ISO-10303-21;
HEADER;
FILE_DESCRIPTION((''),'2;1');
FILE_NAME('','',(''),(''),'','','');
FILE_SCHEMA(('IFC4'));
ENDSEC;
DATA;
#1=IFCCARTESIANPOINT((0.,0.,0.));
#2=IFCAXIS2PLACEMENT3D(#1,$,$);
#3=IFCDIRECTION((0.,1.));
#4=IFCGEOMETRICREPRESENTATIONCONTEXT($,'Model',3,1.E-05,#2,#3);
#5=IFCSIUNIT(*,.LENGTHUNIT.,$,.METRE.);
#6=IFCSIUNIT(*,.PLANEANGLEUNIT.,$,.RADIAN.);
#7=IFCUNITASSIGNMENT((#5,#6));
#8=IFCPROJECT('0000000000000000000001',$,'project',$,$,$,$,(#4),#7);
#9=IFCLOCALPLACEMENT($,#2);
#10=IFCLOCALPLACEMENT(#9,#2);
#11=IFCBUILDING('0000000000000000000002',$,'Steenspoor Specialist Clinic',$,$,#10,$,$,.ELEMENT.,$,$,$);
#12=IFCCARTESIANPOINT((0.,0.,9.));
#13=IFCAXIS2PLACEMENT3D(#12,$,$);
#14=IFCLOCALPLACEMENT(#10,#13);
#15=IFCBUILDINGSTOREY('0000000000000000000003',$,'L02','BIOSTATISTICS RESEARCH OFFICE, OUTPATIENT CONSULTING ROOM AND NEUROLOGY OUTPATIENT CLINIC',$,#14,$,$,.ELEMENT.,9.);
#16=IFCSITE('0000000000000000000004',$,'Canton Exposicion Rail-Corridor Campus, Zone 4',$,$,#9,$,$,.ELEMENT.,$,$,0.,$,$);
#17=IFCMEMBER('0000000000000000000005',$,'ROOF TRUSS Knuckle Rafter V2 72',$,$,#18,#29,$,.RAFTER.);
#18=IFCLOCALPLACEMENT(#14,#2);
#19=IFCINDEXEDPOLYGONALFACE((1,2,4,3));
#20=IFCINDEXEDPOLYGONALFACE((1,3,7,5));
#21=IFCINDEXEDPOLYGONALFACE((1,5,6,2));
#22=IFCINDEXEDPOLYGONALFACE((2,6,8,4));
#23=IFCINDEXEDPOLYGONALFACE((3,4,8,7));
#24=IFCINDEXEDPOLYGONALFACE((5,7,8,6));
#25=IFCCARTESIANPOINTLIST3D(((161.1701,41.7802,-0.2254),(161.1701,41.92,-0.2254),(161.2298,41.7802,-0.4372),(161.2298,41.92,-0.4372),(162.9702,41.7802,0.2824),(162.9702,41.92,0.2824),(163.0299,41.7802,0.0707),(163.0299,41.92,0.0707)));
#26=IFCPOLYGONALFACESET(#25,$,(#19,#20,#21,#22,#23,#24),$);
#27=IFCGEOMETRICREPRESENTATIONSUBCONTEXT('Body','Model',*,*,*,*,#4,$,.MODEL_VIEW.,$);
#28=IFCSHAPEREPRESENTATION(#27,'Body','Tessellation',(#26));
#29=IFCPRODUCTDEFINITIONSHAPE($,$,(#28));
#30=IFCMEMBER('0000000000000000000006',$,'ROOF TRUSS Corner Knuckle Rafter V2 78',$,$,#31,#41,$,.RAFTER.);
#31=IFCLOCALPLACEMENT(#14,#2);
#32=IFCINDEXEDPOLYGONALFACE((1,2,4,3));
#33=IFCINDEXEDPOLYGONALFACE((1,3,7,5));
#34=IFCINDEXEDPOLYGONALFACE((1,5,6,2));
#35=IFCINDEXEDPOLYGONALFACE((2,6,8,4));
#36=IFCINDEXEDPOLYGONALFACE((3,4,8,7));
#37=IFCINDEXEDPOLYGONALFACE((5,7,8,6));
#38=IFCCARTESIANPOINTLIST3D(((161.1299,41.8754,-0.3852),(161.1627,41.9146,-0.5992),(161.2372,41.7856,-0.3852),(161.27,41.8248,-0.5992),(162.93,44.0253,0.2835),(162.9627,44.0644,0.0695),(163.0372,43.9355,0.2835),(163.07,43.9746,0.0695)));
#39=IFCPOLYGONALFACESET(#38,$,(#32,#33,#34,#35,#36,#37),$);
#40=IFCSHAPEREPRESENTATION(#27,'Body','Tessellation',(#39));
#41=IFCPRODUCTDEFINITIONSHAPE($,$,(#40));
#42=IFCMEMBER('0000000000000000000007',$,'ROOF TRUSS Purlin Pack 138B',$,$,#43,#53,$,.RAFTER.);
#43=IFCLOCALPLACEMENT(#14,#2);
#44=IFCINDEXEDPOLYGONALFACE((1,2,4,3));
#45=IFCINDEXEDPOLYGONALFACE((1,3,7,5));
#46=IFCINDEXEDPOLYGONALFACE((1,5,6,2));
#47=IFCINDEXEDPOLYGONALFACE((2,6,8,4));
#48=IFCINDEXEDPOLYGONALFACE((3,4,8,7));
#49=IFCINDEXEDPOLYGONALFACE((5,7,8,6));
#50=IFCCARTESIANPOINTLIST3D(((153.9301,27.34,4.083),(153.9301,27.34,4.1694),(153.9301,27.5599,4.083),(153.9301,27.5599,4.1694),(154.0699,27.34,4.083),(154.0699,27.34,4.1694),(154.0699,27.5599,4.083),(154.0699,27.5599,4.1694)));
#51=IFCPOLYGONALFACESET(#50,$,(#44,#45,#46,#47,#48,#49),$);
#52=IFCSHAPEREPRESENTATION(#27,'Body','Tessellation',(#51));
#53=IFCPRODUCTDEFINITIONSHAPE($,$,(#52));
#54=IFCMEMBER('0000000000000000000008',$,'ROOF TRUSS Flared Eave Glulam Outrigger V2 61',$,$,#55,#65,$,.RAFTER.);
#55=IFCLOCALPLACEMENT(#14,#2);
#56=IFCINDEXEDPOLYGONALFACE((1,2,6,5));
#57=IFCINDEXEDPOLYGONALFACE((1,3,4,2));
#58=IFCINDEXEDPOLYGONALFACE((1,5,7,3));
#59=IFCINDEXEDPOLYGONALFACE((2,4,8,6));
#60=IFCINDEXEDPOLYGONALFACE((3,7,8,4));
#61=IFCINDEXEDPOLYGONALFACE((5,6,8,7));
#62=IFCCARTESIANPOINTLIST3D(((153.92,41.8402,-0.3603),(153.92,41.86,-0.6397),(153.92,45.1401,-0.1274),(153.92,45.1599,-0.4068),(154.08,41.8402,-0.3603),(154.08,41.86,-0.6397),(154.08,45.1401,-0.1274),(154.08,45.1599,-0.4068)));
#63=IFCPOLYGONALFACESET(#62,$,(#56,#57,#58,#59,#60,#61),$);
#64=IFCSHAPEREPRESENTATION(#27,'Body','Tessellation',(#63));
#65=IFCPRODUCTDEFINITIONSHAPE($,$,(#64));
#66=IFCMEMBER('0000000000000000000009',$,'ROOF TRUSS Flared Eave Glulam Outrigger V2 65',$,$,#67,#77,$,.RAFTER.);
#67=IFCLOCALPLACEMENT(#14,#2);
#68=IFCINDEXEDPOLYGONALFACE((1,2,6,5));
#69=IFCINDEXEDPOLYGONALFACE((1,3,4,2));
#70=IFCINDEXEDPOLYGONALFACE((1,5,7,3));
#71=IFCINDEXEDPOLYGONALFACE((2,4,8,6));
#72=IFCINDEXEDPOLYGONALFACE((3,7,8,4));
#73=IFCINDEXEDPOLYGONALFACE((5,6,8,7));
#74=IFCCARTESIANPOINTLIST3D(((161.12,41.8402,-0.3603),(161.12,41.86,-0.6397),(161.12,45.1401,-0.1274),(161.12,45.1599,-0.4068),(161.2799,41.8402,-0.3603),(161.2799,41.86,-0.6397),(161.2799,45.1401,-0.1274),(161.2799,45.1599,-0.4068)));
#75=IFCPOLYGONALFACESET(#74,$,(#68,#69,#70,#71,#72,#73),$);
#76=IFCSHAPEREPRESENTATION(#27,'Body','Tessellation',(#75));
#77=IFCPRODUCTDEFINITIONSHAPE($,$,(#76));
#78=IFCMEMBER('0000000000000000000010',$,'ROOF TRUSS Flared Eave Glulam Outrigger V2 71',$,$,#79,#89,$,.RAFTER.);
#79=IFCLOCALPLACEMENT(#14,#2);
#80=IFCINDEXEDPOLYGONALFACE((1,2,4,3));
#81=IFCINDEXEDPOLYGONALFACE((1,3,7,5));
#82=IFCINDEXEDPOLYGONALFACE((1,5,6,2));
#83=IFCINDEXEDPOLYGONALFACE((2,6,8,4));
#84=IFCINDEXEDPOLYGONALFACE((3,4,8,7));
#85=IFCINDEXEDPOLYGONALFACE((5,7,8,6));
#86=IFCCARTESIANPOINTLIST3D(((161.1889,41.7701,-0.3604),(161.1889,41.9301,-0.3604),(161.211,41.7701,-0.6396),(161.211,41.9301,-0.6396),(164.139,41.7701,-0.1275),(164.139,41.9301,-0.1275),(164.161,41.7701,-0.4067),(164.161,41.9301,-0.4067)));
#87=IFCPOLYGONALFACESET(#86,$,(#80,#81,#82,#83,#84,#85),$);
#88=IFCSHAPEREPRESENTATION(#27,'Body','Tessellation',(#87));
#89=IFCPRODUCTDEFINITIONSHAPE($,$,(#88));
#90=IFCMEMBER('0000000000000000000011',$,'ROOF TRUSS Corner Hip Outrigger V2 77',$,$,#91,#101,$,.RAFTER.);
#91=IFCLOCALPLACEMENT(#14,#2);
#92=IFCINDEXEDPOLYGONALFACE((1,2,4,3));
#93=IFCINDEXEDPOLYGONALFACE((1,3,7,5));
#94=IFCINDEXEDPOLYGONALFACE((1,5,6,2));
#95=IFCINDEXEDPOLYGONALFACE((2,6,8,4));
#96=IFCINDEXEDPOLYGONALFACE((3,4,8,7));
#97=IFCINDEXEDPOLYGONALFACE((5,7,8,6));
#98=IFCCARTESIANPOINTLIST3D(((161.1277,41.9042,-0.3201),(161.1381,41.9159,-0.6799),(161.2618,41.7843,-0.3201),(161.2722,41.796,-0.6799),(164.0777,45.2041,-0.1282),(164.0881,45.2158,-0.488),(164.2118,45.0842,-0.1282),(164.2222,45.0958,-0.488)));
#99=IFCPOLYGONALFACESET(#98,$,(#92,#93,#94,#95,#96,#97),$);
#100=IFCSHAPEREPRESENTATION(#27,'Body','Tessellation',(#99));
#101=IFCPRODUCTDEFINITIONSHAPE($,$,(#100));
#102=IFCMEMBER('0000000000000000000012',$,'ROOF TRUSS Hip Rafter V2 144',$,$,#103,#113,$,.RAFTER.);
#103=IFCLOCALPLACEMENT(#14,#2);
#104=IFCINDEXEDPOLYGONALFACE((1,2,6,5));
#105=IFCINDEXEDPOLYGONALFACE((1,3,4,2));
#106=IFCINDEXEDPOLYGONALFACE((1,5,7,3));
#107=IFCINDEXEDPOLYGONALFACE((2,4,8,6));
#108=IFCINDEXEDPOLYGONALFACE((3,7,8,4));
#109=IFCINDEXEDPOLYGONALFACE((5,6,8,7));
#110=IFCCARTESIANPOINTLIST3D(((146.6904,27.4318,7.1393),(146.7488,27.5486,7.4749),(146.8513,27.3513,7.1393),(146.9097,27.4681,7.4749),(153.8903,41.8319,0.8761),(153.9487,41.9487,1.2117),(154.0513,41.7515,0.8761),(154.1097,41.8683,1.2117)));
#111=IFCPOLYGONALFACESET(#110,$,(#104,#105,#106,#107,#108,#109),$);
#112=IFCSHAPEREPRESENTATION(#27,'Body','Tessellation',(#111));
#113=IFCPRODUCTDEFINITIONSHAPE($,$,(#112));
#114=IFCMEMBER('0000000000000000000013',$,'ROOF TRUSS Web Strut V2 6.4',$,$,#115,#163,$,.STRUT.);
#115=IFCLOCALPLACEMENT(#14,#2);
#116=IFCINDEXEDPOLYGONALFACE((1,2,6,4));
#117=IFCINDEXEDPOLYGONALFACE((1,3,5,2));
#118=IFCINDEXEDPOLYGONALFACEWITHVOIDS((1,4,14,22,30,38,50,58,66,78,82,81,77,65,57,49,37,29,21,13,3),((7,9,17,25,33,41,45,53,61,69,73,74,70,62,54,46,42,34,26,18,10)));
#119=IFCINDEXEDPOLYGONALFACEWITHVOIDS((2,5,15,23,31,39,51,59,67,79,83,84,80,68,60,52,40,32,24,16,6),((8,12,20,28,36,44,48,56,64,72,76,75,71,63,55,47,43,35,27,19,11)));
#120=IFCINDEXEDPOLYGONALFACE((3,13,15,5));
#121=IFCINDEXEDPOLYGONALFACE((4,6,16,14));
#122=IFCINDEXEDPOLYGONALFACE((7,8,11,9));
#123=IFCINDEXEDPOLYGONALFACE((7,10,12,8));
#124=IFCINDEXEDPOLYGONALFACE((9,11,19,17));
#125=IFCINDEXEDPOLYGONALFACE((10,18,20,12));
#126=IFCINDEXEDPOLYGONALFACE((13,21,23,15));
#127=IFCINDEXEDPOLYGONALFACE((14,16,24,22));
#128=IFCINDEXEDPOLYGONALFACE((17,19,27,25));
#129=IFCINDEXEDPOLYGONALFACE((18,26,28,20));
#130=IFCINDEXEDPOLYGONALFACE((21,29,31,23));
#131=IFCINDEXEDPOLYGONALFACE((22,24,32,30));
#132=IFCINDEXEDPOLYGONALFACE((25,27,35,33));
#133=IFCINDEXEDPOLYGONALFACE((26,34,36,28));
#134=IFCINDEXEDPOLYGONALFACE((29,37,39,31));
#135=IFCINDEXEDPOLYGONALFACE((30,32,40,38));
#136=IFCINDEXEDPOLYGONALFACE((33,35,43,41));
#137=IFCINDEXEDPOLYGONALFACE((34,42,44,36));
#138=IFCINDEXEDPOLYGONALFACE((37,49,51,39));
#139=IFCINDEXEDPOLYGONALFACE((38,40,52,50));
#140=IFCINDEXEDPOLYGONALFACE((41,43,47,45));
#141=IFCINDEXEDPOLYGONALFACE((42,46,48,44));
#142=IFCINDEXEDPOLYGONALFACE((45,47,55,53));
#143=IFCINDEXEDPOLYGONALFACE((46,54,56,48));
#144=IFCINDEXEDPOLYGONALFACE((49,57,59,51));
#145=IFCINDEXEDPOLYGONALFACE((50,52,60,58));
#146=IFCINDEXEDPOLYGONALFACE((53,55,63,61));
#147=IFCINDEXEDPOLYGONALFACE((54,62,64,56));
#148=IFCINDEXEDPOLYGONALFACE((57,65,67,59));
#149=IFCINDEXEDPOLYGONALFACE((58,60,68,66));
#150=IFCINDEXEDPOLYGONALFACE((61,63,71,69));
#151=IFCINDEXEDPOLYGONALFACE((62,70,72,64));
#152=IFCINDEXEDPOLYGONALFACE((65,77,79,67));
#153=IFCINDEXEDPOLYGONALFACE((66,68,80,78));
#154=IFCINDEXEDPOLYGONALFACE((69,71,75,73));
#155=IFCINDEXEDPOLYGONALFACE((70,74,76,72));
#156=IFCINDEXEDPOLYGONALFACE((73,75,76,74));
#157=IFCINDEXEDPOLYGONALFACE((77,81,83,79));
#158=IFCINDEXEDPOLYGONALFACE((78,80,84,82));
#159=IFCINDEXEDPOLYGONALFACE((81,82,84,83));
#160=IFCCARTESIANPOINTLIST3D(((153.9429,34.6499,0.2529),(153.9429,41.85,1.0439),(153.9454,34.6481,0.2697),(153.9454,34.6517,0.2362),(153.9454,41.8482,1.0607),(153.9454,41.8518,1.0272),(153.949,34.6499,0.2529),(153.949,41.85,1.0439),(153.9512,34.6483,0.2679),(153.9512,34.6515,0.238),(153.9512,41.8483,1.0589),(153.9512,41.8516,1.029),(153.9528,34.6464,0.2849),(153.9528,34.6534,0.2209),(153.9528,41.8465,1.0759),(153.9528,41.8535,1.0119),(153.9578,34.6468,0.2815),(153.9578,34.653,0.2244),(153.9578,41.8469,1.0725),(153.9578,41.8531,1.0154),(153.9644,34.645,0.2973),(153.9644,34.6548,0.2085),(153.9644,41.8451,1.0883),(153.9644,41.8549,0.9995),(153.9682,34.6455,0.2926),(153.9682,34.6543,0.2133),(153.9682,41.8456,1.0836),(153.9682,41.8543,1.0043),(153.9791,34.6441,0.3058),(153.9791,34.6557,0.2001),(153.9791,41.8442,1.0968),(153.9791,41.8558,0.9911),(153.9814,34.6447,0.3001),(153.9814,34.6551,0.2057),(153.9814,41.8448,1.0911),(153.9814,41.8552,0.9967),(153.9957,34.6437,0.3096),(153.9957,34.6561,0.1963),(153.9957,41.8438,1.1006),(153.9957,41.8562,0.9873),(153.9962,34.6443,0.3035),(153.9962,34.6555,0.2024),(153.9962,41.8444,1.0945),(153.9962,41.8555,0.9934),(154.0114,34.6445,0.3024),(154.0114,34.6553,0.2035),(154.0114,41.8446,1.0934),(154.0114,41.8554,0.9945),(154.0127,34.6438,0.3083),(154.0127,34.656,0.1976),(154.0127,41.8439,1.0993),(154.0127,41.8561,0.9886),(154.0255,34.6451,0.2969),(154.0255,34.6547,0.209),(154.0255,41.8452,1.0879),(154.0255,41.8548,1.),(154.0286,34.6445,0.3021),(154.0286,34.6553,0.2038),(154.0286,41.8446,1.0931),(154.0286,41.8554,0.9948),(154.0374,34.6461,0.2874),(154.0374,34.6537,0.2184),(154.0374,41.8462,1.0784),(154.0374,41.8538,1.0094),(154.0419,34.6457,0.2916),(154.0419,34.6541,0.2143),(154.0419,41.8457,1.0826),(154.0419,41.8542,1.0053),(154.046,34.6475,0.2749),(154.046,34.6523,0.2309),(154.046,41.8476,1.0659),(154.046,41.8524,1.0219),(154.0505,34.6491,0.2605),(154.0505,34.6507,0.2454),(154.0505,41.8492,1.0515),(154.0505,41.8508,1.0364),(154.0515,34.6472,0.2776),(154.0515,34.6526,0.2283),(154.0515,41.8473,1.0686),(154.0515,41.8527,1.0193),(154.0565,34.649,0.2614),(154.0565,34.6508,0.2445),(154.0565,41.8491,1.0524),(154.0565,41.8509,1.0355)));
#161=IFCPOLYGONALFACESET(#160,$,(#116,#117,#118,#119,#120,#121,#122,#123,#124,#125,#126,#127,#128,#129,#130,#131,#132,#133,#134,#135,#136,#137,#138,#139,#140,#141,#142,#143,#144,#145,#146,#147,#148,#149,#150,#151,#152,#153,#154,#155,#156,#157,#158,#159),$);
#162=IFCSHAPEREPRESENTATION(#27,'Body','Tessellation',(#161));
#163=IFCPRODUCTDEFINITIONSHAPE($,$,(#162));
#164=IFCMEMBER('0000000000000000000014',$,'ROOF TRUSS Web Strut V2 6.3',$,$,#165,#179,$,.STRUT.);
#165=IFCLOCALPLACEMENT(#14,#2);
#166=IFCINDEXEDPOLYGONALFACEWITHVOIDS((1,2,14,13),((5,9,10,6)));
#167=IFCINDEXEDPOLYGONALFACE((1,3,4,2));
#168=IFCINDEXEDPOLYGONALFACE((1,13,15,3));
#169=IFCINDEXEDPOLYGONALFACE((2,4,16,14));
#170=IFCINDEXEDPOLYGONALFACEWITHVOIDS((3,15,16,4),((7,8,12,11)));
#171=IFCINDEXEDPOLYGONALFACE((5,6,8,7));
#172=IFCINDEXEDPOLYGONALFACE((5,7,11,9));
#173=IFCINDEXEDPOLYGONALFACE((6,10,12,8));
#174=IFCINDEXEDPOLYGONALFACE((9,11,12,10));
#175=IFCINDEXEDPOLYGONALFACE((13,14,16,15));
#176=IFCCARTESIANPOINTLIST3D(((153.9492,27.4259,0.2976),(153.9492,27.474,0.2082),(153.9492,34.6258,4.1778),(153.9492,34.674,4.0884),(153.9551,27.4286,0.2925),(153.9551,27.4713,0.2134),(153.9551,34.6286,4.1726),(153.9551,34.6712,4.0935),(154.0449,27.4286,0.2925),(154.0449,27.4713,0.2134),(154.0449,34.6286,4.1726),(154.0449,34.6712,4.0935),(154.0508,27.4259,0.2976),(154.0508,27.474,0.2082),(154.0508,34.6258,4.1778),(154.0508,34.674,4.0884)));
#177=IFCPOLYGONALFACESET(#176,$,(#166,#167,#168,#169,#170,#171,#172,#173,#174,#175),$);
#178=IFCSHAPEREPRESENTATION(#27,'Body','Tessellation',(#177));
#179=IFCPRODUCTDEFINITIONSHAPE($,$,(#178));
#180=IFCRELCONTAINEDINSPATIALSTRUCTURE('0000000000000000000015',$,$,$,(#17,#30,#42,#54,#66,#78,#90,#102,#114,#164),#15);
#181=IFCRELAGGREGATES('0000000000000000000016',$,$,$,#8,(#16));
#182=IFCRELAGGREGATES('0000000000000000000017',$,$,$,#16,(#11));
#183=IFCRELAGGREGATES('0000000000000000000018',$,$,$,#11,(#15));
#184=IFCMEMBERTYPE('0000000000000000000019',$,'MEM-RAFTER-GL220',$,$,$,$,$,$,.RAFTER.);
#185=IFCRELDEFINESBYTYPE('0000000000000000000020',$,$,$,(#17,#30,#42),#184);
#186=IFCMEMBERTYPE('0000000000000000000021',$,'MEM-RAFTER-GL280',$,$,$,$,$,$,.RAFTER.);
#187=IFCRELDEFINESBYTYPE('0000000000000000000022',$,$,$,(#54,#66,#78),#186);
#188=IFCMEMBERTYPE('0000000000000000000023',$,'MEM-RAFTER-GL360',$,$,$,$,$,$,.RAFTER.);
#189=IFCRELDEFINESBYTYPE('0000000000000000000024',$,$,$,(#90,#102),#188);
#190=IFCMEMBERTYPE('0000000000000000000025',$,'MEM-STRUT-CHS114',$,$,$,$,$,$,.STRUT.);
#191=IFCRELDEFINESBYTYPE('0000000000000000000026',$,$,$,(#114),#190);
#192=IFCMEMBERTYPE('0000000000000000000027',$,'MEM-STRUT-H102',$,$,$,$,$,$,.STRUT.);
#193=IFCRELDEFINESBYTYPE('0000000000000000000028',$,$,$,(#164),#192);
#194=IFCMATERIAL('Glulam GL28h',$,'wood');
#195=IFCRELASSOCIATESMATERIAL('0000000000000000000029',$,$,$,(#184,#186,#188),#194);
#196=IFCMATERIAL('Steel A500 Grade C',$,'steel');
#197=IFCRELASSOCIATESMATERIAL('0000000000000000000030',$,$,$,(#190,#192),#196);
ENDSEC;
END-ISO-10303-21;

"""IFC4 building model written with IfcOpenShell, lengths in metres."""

from ifc_helpers import new_model, si_unit, direction, frame, origin, origin_2d, place, context, subcontext, project, spatial, rectangle, hollow_rectangle, hollow_circle, extrude, material, material_profile, profile_set, type_object, element, save


model = new_model("IFC4")

# Units and contexts
model_context = context("Model", 3, precision=1e-05, world=origin(), true_north=direction((0.0, 1.0)))
body_context = subcontext(model_context, "Body", "Model", "MODEL_VIEW")
ifc_project = project(units=[si_unit("LENGTHUNIT", "METRE"), si_unit("PLANEANGLEUNIT", "RADIAN")], contexts=[model_context])

# Site, building, storey
site_placement = place(None, origin())
site = spatial("IfcSite", under=ifc_project, at=site_placement, Name="Canton Exposicion Rail-Corridor Campus, Zone 4", CompositionType="ELEMENT", RefElevation=0.0)
building_placement = place(site_placement, origin())
building = spatial("IfcBuilding", under=site, at=building_placement, Name="Steenspoor Specialist Clinic", CompositionType="ELEMENT")
storey_placement = place(building_placement, frame((0.0, 0.0, 9.0)))
storey = spatial("IfcBuildingStorey", under=building, at=storey_placement, Name="L02", Description="BIOSTATISTICS RESEARCH OFFICE, OUTPATIENT CONSULTING ROOM AND NEUROLOGY OUTPATIENT CLINIC", CompositionType="ELEMENT", Elevation=9.0)

# Members
ifc_material_1 = material(Name="Steel A500 Grade C", Category="steel")
ifc_material_2 = material(Name="Glulam GL28h", Category="wood")
ifc_material_profile_1 = material_profile(ifc_material_2, rectangle(XDim=0.1399, YDim=0.22, at=origin_2d()), Name="GL28H-140X220")
ifc_profile_set_1 = profile_set([ifc_material_profile_1], Name="Glulam GL28h")
member_type_1 = type_object("IfcMemberType", Name="MEM-RAFTER-GL220", PredefinedType="RAFTER", material=ifc_profile_set_1)
member_1_placement = place(storey_placement, frame((161.2, 41.8501, -0.3313), z_axis=(0.962435, 0.0, 0.271513), x_axis=(0.0, 1.0, 0.0)))
element("IfcMember", 1, at=member_1_placement, inside=storey, type_object=member_type_1, Name="ROOF TRUSS Knuckle Rafter V2 72", PredefinedType="RAFTER", context=body_context, shape_type="SweptSolid", body=[
    extrude(rectangle(XDim=0.1399, YDim=0.22, at=origin_2d()), origin(), (0.0, 0.0, 1.0), 1.8704),
])
member_2_placement = place(storey_placement, frame((161.2, 41.8501, -0.4922), z_axis=(0.624452, 0.745819, 0.231978), x_axis=(-0.766735, 0.641964, 0.0)))
element("IfcMember", 2, at=member_2_placement, inside=storey, type_object=member_type_1, Name="ROOF TRUSS Corner Knuckle Rafter V2 78", PredefinedType="RAFTER", context=body_context, shape_type="SweptSolid", body=[
    extrude(rectangle(XDim=0.1399, YDim=0.22, at=origin_2d()), origin(), (0.0, 0.0, 1.0), 2.8826),
])
member_3_placement = place(storey_placement, frame((154.0, 27.45, 4.083), z_axis=(0.0, 0.0, 1.0), x_axis=(1.0, 0.0, 0.0)))
element("IfcMember", 3, at=member_3_placement, inside=storey, type_object=member_type_1, Name="ROOF TRUSS Purlin Pack 138B", PredefinedType="RAFTER", context=body_context, shape_type="SweptSolid", body=[
    extrude(rectangle(XDim=0.1399, YDim=0.22, at=origin_2d()), origin(), (0.0, 0.0, 1.0), 0.0864),
])
ifc_material_profile_2 = material_profile(ifc_material_2, rectangle(XDim=0.1599, YDim=0.28, at=origin_2d()), Name="GL28H-160X280")
ifc_profile_set_2 = profile_set([ifc_material_profile_2], Name="Glulam GL28h")
member_type_2 = type_object("IfcMemberType", Name="MEM-RAFTER-GL280", PredefinedType="RAFTER", material=ifc_profile_set_2)
for number, where, z_axis, x_axis, name in (
    (4, (154.0, 41.8501, -0.5), (0.0, 0.997518, 0.070408), (-1.0, 0.0, 0.0), "ROOF TRUSS Flared Eave Glulam Outrigger V2 61"),
    (5, (161.2, 41.8501, -0.5), (0.0, 0.997518, 0.070408), (-1.0, 0.0, 0.0), "ROOF TRUSS Flared Eave Glulam Outrigger V2 65"),
):
    element("IfcMember", number, at=place(storey_placement, frame(where, z_axis=z_axis, x_axis=x_axis)), inside=storey, type_object=member_type_2, Name=name, PredefinedType="RAFTER", context=body_context, shape_type="SweptSolid", body=[
        extrude(rectangle(XDim=0.1599, YDim=0.28, at=origin_2d()), origin(), (0.0, 0.0, 1.0), 3.3081),
    ])
member_4_placement = place(storey_placement, frame((161.2, 41.8501, -0.5), z_axis=(0.996898, 0.0, 0.078709), x_axis=(0.0, 1.0, 0.0)))
element("IfcMember", 6, at=member_4_placement, inside=storey, type_object=member_type_2, Name="ROOF TRUSS Flared Eave Glulam Outrigger V2 71", PredefinedType="RAFTER", context=body_context, shape_type="SweptSolid", body=[
    extrude(rectangle(XDim=0.1599, YDim=0.28, at=origin_2d()), origin(), (0.0, 0.0, 1.0), 2.9592),
])
ifc_material_profile_3 = material_profile(ifc_material_2, rectangle(XDim=0.1799, YDim=0.3601, at=origin_2d()), Name="GL28H-180X360")
ifc_profile_set_3 = profile_set([ifc_material_profile_3], Name="Glulam GL28h")
member_type_3 = type_object("IfcMemberType", Name="MEM-RAFTER-GL360", PredefinedType="RAFTER", material=ifc_profile_set_3)
member_5_placement = place(storey_placement, frame((161.2, 41.8501, -0.5), z_axis=(0.665855, 0.744823, 0.043314), x_axis=(-0.745523, 0.66648, 0.0)))
element("IfcMember", 7, at=member_5_placement, inside=storey, type_object=member_type_3, Name="ROOF TRUSS Corner Hip Outrigger V2 77", PredefinedType="RAFTER", context=body_context, shape_type="SweptSolid", body=[
    extrude(rectangle(XDim=0.1799, YDim=0.3601, at=origin_2d()), origin(), (0.0, 0.0, 1.0), 4.4304),
])
member_6_placement = place(storey_placement, frame((154.0, 41.8501, 1.0439), z_axis=(-0.416781, -0.833576, 0.362554), x_axis=(0.89443, -0.447208, 0.0)))
element("IfcMember", 8, at=member_6_placement, inside=storey, type_object=member_type_3, Name="ROOF TRUSS Hip Rafter V2 144", PredefinedType="RAFTER", context=body_context, shape_type="SweptSolid", body=[
    extrude(rectangle(XDim=0.1799, YDim=0.3601, at=origin_2d()), origin(), (0.0, 0.0, 1.0), 17.2751),
])
ifc_material_profile_4 = material_profile(ifc_material_1, hollow_circle(Radius=0.0571, WallThickness=0.0061, at=origin_2d()), Name="CHS114X6.0")
ifc_profile_set_4 = profile_set([ifc_material_profile_4], Name="Steel A500 Grade C")
member_type_4 = type_object("IfcMemberType", Name="MEM-STRUT-CHS114", PredefinedType="STRUT", material=ifc_profile_set_4)
member_7_placement = place(storey_placement, frame((154.0, 34.6499, 0.2529), z_axis=(0.0, 0.994019, 0.109203), x_axis=(-1.0, 0.0, 0.0)))
element("IfcMember", 9, at=member_7_placement, inside=storey, type_object=member_type_4, Name="ROOF TRUSS Web Strut V2 6.4", PredefinedType="STRUT", context=body_context, shape_type="SweptSolid", body=[
    extrude(hollow_circle(Radius=0.0571, WallThickness=0.0061, at=origin_2d()), origin(), (0.0, 0.0, 1.0), 7.2434),
])
ifc_material_profile_5 = material_profile(ifc_material_1, hollow_rectangle(XDim=0.1016, YDim=0.1016, WallThickness=0.0059, at=origin_2d()), Name="HSS102X102X6.4")
ifc_profile_set_5 = profile_set([ifc_material_profile_5], Name="Steel A500 Grade C")
member_type_5 = type_object("IfcMemberType", Name="MEM-STRUT-H102", PredefinedType="STRUT", material=ifc_profile_set_5)
member_8_placement = place(storey_placement, frame((154.0, 27.45, 0.2529), z_axis=(0.0, 0.880306, 0.474406), x_axis=(-1.0, 0.0, 0.0)))
element("IfcMember", 10, at=member_8_placement, inside=storey, type_object=member_type_5, Name="ROOF TRUSS Web Strut V2 6.3", PredefinedType="STRUT", context=body_context, shape_type="SweptSolid", body=[
    extrude(hollow_rectangle(XDim=0.1016, YDim=0.1016, WallThickness=0.0059, at=origin_2d()), origin(), (0.0, 0.0, 1.0), 8.179),
])

save(model, "model.ifc")
